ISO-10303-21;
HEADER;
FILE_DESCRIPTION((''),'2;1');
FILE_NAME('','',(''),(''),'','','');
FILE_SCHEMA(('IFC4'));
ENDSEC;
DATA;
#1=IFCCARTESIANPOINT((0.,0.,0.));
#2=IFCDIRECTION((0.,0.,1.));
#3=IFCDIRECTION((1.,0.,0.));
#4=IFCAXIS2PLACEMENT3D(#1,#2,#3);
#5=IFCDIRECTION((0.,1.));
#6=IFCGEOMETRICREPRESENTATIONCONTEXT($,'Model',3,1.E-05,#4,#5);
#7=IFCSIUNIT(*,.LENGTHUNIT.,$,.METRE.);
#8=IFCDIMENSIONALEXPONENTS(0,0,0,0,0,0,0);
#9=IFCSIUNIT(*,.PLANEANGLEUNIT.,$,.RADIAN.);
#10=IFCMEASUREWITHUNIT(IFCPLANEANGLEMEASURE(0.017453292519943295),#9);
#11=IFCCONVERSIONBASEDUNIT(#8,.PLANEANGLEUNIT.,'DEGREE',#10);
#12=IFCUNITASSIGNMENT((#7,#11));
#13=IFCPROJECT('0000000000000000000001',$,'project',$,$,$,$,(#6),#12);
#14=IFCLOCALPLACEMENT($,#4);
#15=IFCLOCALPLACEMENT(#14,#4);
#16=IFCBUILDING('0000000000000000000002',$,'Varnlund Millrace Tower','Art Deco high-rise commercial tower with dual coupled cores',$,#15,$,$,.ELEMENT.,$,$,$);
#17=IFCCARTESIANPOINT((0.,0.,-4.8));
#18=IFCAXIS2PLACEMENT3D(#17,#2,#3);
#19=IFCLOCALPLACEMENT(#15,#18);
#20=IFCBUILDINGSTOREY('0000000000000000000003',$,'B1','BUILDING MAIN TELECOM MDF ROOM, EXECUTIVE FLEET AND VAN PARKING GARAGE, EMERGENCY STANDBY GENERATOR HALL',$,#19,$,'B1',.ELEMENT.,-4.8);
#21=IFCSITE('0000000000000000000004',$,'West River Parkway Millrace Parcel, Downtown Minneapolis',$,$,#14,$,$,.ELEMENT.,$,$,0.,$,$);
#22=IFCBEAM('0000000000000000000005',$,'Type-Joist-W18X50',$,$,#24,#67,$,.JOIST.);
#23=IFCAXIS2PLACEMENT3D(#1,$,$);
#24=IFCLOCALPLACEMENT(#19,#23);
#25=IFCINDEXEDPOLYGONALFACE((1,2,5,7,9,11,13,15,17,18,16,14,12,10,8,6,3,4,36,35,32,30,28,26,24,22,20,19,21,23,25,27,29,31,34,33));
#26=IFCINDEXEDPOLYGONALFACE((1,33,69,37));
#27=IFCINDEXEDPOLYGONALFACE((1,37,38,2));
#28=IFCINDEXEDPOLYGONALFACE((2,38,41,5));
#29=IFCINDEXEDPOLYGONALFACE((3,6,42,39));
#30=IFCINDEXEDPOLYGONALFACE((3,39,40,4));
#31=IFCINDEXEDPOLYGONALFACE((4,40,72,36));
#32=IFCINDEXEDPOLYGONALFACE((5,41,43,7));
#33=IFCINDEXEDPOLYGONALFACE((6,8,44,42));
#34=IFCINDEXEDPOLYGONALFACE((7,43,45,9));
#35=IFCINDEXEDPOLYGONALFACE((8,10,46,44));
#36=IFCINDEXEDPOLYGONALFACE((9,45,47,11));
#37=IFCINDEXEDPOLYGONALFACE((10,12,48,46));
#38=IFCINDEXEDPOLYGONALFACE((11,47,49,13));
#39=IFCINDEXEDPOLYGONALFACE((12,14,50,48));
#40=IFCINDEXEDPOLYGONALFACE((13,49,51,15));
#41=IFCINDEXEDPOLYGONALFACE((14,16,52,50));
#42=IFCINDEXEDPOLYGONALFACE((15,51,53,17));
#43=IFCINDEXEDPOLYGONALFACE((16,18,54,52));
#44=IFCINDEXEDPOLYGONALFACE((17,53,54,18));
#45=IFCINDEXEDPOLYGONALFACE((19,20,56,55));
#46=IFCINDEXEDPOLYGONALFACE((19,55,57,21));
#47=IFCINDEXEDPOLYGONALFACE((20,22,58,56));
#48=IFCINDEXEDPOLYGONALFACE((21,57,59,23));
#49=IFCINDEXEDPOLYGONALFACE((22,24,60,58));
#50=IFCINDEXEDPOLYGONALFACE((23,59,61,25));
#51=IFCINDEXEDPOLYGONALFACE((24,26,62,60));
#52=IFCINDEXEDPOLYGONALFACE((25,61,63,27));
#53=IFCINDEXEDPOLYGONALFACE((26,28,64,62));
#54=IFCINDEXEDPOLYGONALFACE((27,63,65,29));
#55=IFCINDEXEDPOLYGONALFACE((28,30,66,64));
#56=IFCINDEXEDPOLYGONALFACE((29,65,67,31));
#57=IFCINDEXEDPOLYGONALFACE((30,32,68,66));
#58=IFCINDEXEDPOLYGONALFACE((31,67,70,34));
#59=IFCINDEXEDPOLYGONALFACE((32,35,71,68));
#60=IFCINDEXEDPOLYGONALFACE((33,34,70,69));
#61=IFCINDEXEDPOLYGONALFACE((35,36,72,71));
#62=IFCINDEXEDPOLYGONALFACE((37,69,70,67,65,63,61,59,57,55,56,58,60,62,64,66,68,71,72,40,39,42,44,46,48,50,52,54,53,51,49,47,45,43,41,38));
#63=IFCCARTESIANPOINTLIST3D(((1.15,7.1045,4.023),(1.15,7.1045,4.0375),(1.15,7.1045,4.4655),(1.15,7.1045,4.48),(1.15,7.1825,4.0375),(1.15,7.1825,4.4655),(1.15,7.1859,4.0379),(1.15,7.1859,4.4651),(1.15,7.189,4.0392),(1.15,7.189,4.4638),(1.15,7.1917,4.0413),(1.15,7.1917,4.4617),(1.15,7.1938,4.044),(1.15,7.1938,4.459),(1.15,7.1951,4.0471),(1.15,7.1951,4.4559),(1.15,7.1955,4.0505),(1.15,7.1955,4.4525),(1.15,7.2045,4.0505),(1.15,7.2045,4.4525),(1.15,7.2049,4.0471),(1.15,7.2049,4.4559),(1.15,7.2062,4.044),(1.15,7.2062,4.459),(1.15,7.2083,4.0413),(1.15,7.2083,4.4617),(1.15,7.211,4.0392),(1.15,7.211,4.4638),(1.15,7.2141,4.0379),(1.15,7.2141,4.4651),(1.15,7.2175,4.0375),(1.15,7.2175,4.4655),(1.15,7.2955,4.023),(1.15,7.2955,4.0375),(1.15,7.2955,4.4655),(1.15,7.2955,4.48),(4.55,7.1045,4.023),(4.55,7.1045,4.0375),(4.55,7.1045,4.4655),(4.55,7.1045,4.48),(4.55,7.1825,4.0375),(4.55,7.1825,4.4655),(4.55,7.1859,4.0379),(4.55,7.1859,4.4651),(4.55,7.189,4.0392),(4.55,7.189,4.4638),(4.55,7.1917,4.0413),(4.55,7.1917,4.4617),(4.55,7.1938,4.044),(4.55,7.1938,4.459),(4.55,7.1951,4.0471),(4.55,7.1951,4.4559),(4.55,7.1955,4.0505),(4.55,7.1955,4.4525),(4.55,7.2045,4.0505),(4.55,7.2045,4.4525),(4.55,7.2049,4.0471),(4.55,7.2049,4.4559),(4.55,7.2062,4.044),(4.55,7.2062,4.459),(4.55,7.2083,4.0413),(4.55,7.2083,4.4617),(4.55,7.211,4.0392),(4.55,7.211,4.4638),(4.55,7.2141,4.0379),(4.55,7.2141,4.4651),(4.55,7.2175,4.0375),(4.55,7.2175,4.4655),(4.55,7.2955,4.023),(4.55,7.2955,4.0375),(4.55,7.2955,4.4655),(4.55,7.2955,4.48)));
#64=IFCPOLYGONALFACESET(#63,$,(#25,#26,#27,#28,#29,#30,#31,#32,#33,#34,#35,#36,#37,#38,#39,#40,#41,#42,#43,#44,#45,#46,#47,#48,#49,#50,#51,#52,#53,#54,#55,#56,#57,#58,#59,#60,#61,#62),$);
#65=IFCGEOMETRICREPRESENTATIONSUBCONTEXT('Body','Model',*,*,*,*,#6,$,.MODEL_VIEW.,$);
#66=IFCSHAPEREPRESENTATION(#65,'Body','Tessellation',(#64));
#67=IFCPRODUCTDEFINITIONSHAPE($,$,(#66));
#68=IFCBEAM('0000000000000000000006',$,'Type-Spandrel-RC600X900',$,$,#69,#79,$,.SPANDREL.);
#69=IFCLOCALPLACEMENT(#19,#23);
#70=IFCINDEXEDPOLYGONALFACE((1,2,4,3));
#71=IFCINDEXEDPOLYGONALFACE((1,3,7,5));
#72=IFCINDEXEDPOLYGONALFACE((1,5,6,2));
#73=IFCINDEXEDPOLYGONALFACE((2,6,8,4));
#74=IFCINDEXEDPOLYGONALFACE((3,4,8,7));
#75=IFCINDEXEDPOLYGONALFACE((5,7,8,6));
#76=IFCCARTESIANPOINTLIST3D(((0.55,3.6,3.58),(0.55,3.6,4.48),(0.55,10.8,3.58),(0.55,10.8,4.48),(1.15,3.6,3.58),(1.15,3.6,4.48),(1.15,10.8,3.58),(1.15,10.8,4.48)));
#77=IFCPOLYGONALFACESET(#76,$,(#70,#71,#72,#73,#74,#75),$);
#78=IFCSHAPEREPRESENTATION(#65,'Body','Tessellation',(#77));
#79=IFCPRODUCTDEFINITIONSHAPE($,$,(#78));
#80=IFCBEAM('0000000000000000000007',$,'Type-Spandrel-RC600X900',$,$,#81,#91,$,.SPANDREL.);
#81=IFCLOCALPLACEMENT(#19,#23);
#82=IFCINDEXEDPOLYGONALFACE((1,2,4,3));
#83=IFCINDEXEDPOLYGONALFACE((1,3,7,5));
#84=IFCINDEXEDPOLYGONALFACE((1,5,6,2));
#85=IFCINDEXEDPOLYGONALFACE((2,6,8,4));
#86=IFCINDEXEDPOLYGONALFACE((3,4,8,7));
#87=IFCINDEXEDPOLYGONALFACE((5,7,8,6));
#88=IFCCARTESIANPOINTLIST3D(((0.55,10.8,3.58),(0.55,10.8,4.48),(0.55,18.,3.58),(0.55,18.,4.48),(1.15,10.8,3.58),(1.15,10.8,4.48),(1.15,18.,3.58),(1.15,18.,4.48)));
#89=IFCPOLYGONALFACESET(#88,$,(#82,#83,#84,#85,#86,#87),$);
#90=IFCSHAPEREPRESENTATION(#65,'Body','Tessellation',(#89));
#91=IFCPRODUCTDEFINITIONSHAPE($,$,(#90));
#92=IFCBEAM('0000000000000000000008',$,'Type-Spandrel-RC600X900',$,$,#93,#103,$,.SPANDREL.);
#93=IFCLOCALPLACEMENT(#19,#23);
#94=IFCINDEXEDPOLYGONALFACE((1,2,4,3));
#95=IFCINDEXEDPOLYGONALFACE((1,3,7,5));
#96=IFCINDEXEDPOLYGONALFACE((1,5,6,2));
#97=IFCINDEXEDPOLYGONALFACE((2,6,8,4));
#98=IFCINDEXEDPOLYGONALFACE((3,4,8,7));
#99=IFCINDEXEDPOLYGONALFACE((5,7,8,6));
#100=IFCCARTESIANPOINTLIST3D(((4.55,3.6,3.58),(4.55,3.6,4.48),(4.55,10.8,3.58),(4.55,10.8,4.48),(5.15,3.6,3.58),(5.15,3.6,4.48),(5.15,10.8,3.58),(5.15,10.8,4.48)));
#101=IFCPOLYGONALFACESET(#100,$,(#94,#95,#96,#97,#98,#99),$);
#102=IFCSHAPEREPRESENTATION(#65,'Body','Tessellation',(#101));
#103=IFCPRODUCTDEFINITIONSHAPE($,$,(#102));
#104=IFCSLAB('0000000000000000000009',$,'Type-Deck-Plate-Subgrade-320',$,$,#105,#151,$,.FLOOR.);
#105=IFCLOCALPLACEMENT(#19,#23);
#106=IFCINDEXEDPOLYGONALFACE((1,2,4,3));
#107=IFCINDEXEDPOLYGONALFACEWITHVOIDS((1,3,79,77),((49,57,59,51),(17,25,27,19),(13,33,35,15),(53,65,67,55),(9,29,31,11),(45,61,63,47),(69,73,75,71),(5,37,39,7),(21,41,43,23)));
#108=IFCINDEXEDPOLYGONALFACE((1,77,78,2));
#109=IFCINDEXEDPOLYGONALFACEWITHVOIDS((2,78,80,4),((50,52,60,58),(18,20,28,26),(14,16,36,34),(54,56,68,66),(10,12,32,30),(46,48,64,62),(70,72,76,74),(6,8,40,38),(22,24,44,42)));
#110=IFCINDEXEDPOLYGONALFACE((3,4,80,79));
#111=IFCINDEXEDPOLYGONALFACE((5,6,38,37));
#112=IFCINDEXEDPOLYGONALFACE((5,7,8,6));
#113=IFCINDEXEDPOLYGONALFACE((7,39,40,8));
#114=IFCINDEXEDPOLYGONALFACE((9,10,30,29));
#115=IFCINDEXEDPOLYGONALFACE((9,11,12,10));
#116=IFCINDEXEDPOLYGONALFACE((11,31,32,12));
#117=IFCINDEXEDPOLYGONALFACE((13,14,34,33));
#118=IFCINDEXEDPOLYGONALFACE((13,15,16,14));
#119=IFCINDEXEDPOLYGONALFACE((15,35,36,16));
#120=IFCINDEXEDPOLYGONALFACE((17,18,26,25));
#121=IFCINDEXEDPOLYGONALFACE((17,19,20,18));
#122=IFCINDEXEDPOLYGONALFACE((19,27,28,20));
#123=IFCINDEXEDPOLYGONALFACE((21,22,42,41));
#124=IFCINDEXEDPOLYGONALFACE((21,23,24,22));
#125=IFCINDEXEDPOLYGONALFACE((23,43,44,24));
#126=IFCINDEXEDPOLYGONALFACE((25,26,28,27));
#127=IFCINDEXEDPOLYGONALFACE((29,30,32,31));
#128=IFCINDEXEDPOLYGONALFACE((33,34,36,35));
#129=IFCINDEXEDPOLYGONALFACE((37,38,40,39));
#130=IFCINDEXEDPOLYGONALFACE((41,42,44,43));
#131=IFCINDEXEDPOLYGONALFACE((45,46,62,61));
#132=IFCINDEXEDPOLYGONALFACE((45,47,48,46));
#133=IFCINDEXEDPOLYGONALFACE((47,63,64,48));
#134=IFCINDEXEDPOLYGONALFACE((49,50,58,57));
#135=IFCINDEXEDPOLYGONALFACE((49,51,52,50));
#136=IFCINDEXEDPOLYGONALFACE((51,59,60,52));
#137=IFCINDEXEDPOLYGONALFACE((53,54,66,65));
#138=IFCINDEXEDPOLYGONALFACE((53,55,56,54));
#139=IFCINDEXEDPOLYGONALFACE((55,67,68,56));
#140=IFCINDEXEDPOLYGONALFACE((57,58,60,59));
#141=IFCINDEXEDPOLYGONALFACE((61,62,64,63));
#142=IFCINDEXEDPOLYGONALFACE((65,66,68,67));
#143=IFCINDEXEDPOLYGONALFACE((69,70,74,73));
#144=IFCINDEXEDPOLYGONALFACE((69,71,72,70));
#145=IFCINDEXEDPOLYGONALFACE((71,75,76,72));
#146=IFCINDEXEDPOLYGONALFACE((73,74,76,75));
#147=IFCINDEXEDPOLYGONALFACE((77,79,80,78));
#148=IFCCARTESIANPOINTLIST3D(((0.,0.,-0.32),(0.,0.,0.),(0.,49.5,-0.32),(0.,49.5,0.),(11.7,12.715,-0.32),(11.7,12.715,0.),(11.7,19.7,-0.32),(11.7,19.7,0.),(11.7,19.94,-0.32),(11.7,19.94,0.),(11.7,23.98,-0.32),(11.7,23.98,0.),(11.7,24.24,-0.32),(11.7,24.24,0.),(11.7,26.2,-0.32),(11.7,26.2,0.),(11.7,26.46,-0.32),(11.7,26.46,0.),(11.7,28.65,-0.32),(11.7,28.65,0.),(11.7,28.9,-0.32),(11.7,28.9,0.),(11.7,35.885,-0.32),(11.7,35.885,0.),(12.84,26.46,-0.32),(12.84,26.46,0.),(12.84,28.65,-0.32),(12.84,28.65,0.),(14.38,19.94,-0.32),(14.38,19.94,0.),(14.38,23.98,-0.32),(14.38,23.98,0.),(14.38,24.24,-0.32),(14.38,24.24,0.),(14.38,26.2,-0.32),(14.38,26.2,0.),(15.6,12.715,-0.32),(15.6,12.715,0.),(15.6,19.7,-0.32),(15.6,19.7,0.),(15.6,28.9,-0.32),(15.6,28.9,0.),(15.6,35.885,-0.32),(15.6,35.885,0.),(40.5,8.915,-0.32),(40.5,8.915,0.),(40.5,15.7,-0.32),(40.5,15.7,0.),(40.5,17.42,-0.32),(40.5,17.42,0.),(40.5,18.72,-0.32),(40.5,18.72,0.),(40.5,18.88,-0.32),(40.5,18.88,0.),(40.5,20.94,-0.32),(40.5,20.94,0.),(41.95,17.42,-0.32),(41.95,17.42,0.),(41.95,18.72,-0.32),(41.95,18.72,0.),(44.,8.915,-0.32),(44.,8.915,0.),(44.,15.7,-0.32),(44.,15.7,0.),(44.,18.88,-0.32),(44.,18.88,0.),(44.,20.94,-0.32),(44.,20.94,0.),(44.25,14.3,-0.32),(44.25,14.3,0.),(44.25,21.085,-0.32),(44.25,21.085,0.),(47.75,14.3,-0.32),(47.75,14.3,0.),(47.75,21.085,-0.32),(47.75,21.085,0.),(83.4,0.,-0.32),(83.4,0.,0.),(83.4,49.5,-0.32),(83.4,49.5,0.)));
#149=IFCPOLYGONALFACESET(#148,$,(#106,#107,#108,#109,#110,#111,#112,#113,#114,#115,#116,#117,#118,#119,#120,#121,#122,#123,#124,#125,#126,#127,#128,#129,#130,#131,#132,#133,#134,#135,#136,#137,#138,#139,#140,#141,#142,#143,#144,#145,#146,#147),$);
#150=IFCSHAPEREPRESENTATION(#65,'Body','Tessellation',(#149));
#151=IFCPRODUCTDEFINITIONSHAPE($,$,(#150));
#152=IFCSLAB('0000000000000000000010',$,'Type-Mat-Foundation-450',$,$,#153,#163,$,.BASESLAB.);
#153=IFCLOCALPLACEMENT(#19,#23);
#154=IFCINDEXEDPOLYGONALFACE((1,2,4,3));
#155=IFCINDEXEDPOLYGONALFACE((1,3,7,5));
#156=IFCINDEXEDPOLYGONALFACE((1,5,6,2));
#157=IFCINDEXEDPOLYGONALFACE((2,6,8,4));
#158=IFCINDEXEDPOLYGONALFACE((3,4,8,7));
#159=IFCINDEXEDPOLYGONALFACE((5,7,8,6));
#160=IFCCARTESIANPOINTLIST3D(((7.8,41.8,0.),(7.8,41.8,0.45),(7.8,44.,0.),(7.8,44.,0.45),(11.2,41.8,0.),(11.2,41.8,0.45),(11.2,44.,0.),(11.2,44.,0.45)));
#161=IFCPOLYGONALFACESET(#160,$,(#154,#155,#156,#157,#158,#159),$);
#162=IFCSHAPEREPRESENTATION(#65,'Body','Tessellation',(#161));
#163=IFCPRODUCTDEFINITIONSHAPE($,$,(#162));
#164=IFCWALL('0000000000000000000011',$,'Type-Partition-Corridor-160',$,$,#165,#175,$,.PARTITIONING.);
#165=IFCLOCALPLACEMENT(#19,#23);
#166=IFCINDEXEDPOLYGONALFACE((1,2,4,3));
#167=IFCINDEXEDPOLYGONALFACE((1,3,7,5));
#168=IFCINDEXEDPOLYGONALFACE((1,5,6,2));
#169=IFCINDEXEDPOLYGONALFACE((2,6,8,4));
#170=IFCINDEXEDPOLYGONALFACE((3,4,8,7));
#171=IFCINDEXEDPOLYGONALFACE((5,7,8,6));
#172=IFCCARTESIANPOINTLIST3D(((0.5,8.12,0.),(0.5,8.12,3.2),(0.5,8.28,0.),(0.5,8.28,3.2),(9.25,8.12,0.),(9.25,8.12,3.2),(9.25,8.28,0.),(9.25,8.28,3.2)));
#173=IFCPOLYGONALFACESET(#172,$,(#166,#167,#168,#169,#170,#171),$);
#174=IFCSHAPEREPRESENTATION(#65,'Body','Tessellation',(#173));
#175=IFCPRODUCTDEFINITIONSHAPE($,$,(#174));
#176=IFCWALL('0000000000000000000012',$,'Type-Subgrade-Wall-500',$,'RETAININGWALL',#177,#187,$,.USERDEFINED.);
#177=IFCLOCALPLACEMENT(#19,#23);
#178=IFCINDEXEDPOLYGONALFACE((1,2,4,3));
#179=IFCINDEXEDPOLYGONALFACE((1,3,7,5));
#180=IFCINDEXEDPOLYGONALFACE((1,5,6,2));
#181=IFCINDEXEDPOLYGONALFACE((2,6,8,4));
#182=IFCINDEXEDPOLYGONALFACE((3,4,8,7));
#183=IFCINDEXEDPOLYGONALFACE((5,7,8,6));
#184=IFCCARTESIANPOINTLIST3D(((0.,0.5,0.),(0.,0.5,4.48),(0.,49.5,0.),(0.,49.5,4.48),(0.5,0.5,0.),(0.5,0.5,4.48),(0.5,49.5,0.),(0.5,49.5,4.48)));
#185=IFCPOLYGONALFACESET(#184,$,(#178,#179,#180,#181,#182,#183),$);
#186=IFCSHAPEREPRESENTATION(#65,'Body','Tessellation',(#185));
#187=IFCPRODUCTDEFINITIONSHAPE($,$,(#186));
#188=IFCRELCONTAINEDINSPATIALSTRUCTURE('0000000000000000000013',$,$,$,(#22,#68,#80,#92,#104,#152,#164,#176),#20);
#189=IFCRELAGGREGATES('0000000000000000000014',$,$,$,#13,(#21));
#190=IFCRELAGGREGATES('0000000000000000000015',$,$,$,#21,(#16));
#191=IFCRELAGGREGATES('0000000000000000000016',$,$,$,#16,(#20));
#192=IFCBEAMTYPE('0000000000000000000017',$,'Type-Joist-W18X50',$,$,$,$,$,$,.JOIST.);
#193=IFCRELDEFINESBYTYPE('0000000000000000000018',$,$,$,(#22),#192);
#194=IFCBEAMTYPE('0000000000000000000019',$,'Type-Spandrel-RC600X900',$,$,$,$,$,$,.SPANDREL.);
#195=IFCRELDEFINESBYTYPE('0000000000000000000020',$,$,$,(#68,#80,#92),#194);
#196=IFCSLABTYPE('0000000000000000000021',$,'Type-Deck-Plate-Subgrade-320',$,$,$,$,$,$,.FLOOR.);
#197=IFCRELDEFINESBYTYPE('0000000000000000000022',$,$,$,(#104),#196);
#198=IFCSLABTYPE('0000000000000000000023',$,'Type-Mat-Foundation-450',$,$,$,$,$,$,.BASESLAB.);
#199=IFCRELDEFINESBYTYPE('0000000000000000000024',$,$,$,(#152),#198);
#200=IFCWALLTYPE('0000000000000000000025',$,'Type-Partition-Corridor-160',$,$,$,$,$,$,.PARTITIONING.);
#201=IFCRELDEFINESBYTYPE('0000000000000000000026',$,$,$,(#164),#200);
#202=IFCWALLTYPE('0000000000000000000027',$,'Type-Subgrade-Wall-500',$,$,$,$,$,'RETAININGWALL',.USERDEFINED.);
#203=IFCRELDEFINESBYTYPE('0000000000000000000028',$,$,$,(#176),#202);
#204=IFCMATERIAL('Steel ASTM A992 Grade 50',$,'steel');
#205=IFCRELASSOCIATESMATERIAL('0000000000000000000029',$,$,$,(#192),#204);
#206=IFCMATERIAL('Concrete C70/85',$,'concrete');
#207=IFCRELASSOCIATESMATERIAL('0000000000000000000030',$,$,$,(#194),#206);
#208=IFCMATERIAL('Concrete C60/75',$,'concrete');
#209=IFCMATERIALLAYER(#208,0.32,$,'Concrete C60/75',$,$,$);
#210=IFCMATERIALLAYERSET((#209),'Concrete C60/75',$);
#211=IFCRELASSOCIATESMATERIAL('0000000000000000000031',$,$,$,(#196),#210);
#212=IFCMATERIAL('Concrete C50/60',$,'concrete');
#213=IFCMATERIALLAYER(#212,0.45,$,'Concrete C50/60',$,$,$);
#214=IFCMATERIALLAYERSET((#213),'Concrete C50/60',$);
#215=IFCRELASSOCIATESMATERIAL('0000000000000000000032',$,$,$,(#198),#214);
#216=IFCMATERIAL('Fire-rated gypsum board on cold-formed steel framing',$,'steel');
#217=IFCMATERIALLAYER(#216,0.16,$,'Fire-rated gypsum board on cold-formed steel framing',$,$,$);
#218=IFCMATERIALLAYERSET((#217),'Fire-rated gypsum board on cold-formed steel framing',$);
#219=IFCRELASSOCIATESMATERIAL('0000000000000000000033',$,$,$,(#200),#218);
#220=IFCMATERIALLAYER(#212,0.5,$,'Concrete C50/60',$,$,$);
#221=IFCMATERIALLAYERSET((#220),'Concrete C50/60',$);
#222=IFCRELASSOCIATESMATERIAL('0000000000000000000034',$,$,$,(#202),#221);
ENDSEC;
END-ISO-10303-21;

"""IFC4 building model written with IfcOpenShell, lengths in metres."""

from ifc_helpers import new_model, entity, si_unit, converted_unit, direction, frame, origin_with_axes, origin_2d_with_axis, place, context, subcontext, project, spatial, polyline, rectangle, i_section, outline, extrude, material, layer, layer_set, material_profile, profile_set, type_object, element, save


model = new_model("IFC4")

# Units and contexts
model_context = context("Model", 3, precision=1e-05, world=origin_with_axes(), true_north=direction((0.0, 1.0)))
body_context = subcontext(model_context, "Body", "Model", "MODEL_VIEW")
ifc_project = project(units=[si_unit("LENGTHUNIT", "METRE"), converted_unit("PLANEANGLEUNIT", "DEGREE", entity("IfcPlaneAngleMeasure", 0.017453292519943295), si_unit("PLANEANGLEUNIT", "RADIAN"), dimensions=[0, 0, 0, 0, 0, 0, 0])], contexts=[model_context])

# Site, building, storey
site_placement = place(None, origin_with_axes())
site = spatial("IfcSite", under=ifc_project, at=site_placement, Name="West River Parkway Millrace Parcel, Downtown Minneapolis", CompositionType="ELEMENT", RefElevation=0.0)
building_placement = place(site_placement, origin_with_axes())
building = spatial("IfcBuilding", under=site, at=building_placement, Name="Varnlund Millrace Tower", Description="Art Deco high-rise commercial tower with dual coupled cores", CompositionType="ELEMENT")
storey_placement = place(building_placement, frame((0.0, 0.0, -4.8), z_axis=(0.0, 0.0, 1.0), x_axis=(1.0, 0.0, 0.0)))
storey = spatial("IfcBuildingStorey", under=building, at=storey_placement, Name="B1", Description="BUILDING MAIN TELECOM MDF ROOM, EXECUTIVE FLEET AND VAN PARKING GARAGE, EMERGENCY STANDBY GENERATOR HALL", LongName="B1", CompositionType="ELEMENT", Elevation=-4.8)

# Beams
ifc_material_1 = material(Name="Steel ASTM A992 Grade 50", Category="steel")
ifc_material_profile_1 = material_profile(ifc_material_1, i_section(OverallWidth=0.191, OverallDepth=0.457, WebThickness=0.009, FlangeThickness=0.0145, FilletRadius=0.013, at=origin_2d_with_axis()), Name="Steel ASTM A992 Grade 50")
ifc_profile_set_1 = profile_set([ifc_material_profile_1], Name="Steel ASTM A992 Grade 50")
beam_type_1 = type_object("IfcBeamType", Name="Type-Joist-W18X50", PredefinedType="JOIST", material=ifc_profile_set_1)
beam_1_placement = place(storey_placement, frame((1.15, 7.2, 4.2515), z_axis=(1.0, 0.0, 0.0), x_axis=(0.0, 1.0, 0.0)))
element("IfcBeam", 1, at=beam_1_placement, inside=storey, type_object=beam_type_1, Name="Type-Joist-W18X50", PredefinedType="JOIST", context=body_context, shape_type="SweptSolid", body=[
    extrude(i_section(OverallWidth=0.191, OverallDepth=0.457, WebThickness=0.009, FlangeThickness=0.0145, FilletRadius=0.013, at=origin_2d_with_axis()), origin_with_axes(), (0.0, 0.0, 1.0), 3.4),
])
ifc_material_2 = material(Name="Concrete C70/85", Category="concrete")
ifc_material_profile_2 = material_profile(ifc_material_2, rectangle(XDim=0.6, YDim=0.9, at=origin_2d_with_axis()), Name="Concrete C70/85")
ifc_profile_set_2 = profile_set([ifc_material_profile_2], Name="Concrete C70/85")
beam_type_2 = type_object("IfcBeamType", Name="Type-Spandrel-RC600X900", PredefinedType="SPANDREL", material=ifc_profile_set_2)
for number, where, z_axis, x_axis, name in (
    (2, (0.85, 3.6, 4.03), (0.0, 1.0, 0.0), (-1.0, 0.0, 0.0), "Type-Spandrel-RC600X900"),
    (3, (0.85, 10.8, 4.03), (0.0, 1.0, 0.0), (-1.0, 0.0, 0.0), "Type-Spandrel-RC600X900"),
    (4, (4.85, 3.6, 4.03), (0.0, 1.0, 0.0), (-1.0, 0.0, 0.0), "Type-Spandrel-RC600X900"),
):
    element("IfcBeam", number, at=place(storey_placement, frame(where, z_axis=z_axis, x_axis=x_axis)), inside=storey, type_object=beam_type_2, Name=name, PredefinedType="SPANDREL", context=body_context, shape_type="SweptSolid", body=[
        extrude(rectangle(XDim=0.6, YDim=0.9, at=origin_2d_with_axis()), origin_with_axes(), (0.0, 0.0, 1.0), 7.2),
    ])

# Slabs
ifc_material_3 = material(Name="Concrete C60/75", Category="concrete")
ifc_layer_1 = layer(ifc_material_3, 0.32, Name="Concrete C60/75")
ifc_layer_set_1 = layer_set([ifc_layer_1], Name="Concrete C60/75")
slab_type_1 = type_object("IfcSlabType", Name="Type-Deck-Plate-Subgrade-320", PredefinedType="FLOOR", material=ifc_layer_set_1)
slab_1_placement = place(storey_placement, frame((0.0, 0.0, -0.32), z_axis=(0.0, 0.0, 1.0), x_axis=(1.0, 0.0, 0.0)))
element("IfcSlab", 5, at=slab_1_placement, inside=storey, type_object=slab_type_1, Name="Type-Deck-Plate-Subgrade-320", PredefinedType="FLOOR", context=body_context, shape_type="SweptSolid", body=[
    extrude(outline(polyline([(83.4, 0.0), (83.4, 49.5), (0.0, 49.5), (0.0, 0.0), (83.4, 0.0)]), holes=[polyline([(44.0, 15.7), (44.0, 8.915), (40.5, 8.915), (40.5, 15.7), (44.0, 15.7)]), polyline([(15.6, 19.7), (15.6, 12.715), (11.7, 12.715), (11.7, 19.7), (15.6, 19.7)]), polyline([(47.75, 21.085), (47.75, 14.3), (44.25, 14.3), (44.25, 21.085), (47.75, 21.085)]), polyline([(41.95, 17.42), (40.5, 17.42), (40.5, 18.72), (41.95, 18.72), (41.95, 17.42)]), polyline([(44.0, 18.88), (40.5, 18.88), (40.5, 20.94), (44.0, 20.94), (44.0, 18.88)]), polyline([(11.7, 19.94), (11.7, 23.98), (14.38, 23.98), (14.38, 19.94), (11.7, 19.94)]), polyline([(14.38, 26.2), (14.38, 24.24), (11.7, 24.24), (11.7, 26.2), (14.38, 26.2)]), polyline([(12.84, 26.46), (11.7, 26.46), (11.7, 28.65), (12.84, 28.65), (12.84, 26.46)]), polyline([(15.6, 28.9), (11.7, 28.9), (11.7, 35.885), (15.6, 35.885), (15.6, 28.9)])]), origin_with_axes(), (0.0, 0.0, 1.0), 0.32),
])
ifc_material_4 = material(Name="Concrete C50/60", Category="concrete")
ifc_layer_2 = layer(ifc_material_4, 0.45, Name="Concrete C50/60")
ifc_layer_set_2 = layer_set([ifc_layer_2], Name="Concrete C50/60")
slab_type_2 = type_object("IfcSlabType", Name="Type-Mat-Foundation-450", PredefinedType="BASESLAB", material=ifc_layer_set_2)
slab_2_placement = place(storey_placement, origin_with_axes())
element("IfcSlab", 6, at=slab_2_placement, inside=storey, type_object=slab_type_2, Name="Type-Mat-Foundation-450", PredefinedType="BASESLAB", context=body_context, shape_type="SweptSolid", body=[
    extrude(outline(polyline([(7.8, 41.8), (11.2, 41.8), (11.2, 44.0), (7.8, 44.0), (7.8, 41.8)])), origin_with_axes(), (0.0, 0.0, 1.0), 0.45),
])

# Walls
ifc_material_5 = material(Name="Fire-rated gypsum board on cold-formed steel framing", Category="steel")
ifc_layer_3 = layer(ifc_material_5, 0.16, Name="Fire-rated gypsum board on cold-formed steel framing")
ifc_layer_set_3 = layer_set([ifc_layer_3], Name="Fire-rated gypsum board on cold-formed steel framing")
wall_type_1 = type_object("IfcWallType", Name="Type-Partition-Corridor-160", PredefinedType="PARTITIONING", material=ifc_layer_set_3)
wall_1_placement = place(storey_placement, frame((0.5, 8.2, 0.0), z_axis=(0.0, 0.0, 1.0), x_axis=(1.0, 0.0, 0.0)))
element("IfcWall", 7, at=wall_1_placement, inside=storey, type_object=wall_type_1, Name="Type-Partition-Corridor-160", PredefinedType="PARTITIONING", context=body_context, shape_type="SweptSolid", body=[
    extrude(outline(polyline([(0.0, -0.08), (8.75, -0.08), (8.75, 0.08), (0.0, 0.08), (0.0, -0.08)])), origin_with_axes(), (0.0, 0.0, 1.0), 3.2),
])
ifc_layer_4 = layer(ifc_material_4, 0.5, Name="Concrete C50/60")
ifc_layer_set_4 = layer_set([ifc_layer_4], Name="Concrete C50/60")
wall_type_2 = type_object("IfcWallType", Name="Type-Subgrade-Wall-500", ElementType="RETAININGWALL", PredefinedType="USERDEFINED", material=ifc_layer_set_4)
wall_2_placement = place(storey_placement, frame((0.25, 0.5, 0.0), z_axis=(0.0, 0.0, 1.0), x_axis=(0.0, 1.0, 0.0)))
element("IfcWall", 8, at=wall_2_placement, inside=storey, type_object=wall_type_2, Name="Type-Subgrade-Wall-500", ObjectType="RETAININGWALL", PredefinedType="USERDEFINED", context=body_context, shape_type="SweptSolid", body=[
    extrude(outline(polyline([(0.0, -0.25), (49.0, -0.25), (49.0, 0.25), (0.0, 0.25), (0.0, -0.25)])), origin_with_axes(), (0.0, 0.0, 1.0), 4.48),
])

save(model, "model.ifc")
